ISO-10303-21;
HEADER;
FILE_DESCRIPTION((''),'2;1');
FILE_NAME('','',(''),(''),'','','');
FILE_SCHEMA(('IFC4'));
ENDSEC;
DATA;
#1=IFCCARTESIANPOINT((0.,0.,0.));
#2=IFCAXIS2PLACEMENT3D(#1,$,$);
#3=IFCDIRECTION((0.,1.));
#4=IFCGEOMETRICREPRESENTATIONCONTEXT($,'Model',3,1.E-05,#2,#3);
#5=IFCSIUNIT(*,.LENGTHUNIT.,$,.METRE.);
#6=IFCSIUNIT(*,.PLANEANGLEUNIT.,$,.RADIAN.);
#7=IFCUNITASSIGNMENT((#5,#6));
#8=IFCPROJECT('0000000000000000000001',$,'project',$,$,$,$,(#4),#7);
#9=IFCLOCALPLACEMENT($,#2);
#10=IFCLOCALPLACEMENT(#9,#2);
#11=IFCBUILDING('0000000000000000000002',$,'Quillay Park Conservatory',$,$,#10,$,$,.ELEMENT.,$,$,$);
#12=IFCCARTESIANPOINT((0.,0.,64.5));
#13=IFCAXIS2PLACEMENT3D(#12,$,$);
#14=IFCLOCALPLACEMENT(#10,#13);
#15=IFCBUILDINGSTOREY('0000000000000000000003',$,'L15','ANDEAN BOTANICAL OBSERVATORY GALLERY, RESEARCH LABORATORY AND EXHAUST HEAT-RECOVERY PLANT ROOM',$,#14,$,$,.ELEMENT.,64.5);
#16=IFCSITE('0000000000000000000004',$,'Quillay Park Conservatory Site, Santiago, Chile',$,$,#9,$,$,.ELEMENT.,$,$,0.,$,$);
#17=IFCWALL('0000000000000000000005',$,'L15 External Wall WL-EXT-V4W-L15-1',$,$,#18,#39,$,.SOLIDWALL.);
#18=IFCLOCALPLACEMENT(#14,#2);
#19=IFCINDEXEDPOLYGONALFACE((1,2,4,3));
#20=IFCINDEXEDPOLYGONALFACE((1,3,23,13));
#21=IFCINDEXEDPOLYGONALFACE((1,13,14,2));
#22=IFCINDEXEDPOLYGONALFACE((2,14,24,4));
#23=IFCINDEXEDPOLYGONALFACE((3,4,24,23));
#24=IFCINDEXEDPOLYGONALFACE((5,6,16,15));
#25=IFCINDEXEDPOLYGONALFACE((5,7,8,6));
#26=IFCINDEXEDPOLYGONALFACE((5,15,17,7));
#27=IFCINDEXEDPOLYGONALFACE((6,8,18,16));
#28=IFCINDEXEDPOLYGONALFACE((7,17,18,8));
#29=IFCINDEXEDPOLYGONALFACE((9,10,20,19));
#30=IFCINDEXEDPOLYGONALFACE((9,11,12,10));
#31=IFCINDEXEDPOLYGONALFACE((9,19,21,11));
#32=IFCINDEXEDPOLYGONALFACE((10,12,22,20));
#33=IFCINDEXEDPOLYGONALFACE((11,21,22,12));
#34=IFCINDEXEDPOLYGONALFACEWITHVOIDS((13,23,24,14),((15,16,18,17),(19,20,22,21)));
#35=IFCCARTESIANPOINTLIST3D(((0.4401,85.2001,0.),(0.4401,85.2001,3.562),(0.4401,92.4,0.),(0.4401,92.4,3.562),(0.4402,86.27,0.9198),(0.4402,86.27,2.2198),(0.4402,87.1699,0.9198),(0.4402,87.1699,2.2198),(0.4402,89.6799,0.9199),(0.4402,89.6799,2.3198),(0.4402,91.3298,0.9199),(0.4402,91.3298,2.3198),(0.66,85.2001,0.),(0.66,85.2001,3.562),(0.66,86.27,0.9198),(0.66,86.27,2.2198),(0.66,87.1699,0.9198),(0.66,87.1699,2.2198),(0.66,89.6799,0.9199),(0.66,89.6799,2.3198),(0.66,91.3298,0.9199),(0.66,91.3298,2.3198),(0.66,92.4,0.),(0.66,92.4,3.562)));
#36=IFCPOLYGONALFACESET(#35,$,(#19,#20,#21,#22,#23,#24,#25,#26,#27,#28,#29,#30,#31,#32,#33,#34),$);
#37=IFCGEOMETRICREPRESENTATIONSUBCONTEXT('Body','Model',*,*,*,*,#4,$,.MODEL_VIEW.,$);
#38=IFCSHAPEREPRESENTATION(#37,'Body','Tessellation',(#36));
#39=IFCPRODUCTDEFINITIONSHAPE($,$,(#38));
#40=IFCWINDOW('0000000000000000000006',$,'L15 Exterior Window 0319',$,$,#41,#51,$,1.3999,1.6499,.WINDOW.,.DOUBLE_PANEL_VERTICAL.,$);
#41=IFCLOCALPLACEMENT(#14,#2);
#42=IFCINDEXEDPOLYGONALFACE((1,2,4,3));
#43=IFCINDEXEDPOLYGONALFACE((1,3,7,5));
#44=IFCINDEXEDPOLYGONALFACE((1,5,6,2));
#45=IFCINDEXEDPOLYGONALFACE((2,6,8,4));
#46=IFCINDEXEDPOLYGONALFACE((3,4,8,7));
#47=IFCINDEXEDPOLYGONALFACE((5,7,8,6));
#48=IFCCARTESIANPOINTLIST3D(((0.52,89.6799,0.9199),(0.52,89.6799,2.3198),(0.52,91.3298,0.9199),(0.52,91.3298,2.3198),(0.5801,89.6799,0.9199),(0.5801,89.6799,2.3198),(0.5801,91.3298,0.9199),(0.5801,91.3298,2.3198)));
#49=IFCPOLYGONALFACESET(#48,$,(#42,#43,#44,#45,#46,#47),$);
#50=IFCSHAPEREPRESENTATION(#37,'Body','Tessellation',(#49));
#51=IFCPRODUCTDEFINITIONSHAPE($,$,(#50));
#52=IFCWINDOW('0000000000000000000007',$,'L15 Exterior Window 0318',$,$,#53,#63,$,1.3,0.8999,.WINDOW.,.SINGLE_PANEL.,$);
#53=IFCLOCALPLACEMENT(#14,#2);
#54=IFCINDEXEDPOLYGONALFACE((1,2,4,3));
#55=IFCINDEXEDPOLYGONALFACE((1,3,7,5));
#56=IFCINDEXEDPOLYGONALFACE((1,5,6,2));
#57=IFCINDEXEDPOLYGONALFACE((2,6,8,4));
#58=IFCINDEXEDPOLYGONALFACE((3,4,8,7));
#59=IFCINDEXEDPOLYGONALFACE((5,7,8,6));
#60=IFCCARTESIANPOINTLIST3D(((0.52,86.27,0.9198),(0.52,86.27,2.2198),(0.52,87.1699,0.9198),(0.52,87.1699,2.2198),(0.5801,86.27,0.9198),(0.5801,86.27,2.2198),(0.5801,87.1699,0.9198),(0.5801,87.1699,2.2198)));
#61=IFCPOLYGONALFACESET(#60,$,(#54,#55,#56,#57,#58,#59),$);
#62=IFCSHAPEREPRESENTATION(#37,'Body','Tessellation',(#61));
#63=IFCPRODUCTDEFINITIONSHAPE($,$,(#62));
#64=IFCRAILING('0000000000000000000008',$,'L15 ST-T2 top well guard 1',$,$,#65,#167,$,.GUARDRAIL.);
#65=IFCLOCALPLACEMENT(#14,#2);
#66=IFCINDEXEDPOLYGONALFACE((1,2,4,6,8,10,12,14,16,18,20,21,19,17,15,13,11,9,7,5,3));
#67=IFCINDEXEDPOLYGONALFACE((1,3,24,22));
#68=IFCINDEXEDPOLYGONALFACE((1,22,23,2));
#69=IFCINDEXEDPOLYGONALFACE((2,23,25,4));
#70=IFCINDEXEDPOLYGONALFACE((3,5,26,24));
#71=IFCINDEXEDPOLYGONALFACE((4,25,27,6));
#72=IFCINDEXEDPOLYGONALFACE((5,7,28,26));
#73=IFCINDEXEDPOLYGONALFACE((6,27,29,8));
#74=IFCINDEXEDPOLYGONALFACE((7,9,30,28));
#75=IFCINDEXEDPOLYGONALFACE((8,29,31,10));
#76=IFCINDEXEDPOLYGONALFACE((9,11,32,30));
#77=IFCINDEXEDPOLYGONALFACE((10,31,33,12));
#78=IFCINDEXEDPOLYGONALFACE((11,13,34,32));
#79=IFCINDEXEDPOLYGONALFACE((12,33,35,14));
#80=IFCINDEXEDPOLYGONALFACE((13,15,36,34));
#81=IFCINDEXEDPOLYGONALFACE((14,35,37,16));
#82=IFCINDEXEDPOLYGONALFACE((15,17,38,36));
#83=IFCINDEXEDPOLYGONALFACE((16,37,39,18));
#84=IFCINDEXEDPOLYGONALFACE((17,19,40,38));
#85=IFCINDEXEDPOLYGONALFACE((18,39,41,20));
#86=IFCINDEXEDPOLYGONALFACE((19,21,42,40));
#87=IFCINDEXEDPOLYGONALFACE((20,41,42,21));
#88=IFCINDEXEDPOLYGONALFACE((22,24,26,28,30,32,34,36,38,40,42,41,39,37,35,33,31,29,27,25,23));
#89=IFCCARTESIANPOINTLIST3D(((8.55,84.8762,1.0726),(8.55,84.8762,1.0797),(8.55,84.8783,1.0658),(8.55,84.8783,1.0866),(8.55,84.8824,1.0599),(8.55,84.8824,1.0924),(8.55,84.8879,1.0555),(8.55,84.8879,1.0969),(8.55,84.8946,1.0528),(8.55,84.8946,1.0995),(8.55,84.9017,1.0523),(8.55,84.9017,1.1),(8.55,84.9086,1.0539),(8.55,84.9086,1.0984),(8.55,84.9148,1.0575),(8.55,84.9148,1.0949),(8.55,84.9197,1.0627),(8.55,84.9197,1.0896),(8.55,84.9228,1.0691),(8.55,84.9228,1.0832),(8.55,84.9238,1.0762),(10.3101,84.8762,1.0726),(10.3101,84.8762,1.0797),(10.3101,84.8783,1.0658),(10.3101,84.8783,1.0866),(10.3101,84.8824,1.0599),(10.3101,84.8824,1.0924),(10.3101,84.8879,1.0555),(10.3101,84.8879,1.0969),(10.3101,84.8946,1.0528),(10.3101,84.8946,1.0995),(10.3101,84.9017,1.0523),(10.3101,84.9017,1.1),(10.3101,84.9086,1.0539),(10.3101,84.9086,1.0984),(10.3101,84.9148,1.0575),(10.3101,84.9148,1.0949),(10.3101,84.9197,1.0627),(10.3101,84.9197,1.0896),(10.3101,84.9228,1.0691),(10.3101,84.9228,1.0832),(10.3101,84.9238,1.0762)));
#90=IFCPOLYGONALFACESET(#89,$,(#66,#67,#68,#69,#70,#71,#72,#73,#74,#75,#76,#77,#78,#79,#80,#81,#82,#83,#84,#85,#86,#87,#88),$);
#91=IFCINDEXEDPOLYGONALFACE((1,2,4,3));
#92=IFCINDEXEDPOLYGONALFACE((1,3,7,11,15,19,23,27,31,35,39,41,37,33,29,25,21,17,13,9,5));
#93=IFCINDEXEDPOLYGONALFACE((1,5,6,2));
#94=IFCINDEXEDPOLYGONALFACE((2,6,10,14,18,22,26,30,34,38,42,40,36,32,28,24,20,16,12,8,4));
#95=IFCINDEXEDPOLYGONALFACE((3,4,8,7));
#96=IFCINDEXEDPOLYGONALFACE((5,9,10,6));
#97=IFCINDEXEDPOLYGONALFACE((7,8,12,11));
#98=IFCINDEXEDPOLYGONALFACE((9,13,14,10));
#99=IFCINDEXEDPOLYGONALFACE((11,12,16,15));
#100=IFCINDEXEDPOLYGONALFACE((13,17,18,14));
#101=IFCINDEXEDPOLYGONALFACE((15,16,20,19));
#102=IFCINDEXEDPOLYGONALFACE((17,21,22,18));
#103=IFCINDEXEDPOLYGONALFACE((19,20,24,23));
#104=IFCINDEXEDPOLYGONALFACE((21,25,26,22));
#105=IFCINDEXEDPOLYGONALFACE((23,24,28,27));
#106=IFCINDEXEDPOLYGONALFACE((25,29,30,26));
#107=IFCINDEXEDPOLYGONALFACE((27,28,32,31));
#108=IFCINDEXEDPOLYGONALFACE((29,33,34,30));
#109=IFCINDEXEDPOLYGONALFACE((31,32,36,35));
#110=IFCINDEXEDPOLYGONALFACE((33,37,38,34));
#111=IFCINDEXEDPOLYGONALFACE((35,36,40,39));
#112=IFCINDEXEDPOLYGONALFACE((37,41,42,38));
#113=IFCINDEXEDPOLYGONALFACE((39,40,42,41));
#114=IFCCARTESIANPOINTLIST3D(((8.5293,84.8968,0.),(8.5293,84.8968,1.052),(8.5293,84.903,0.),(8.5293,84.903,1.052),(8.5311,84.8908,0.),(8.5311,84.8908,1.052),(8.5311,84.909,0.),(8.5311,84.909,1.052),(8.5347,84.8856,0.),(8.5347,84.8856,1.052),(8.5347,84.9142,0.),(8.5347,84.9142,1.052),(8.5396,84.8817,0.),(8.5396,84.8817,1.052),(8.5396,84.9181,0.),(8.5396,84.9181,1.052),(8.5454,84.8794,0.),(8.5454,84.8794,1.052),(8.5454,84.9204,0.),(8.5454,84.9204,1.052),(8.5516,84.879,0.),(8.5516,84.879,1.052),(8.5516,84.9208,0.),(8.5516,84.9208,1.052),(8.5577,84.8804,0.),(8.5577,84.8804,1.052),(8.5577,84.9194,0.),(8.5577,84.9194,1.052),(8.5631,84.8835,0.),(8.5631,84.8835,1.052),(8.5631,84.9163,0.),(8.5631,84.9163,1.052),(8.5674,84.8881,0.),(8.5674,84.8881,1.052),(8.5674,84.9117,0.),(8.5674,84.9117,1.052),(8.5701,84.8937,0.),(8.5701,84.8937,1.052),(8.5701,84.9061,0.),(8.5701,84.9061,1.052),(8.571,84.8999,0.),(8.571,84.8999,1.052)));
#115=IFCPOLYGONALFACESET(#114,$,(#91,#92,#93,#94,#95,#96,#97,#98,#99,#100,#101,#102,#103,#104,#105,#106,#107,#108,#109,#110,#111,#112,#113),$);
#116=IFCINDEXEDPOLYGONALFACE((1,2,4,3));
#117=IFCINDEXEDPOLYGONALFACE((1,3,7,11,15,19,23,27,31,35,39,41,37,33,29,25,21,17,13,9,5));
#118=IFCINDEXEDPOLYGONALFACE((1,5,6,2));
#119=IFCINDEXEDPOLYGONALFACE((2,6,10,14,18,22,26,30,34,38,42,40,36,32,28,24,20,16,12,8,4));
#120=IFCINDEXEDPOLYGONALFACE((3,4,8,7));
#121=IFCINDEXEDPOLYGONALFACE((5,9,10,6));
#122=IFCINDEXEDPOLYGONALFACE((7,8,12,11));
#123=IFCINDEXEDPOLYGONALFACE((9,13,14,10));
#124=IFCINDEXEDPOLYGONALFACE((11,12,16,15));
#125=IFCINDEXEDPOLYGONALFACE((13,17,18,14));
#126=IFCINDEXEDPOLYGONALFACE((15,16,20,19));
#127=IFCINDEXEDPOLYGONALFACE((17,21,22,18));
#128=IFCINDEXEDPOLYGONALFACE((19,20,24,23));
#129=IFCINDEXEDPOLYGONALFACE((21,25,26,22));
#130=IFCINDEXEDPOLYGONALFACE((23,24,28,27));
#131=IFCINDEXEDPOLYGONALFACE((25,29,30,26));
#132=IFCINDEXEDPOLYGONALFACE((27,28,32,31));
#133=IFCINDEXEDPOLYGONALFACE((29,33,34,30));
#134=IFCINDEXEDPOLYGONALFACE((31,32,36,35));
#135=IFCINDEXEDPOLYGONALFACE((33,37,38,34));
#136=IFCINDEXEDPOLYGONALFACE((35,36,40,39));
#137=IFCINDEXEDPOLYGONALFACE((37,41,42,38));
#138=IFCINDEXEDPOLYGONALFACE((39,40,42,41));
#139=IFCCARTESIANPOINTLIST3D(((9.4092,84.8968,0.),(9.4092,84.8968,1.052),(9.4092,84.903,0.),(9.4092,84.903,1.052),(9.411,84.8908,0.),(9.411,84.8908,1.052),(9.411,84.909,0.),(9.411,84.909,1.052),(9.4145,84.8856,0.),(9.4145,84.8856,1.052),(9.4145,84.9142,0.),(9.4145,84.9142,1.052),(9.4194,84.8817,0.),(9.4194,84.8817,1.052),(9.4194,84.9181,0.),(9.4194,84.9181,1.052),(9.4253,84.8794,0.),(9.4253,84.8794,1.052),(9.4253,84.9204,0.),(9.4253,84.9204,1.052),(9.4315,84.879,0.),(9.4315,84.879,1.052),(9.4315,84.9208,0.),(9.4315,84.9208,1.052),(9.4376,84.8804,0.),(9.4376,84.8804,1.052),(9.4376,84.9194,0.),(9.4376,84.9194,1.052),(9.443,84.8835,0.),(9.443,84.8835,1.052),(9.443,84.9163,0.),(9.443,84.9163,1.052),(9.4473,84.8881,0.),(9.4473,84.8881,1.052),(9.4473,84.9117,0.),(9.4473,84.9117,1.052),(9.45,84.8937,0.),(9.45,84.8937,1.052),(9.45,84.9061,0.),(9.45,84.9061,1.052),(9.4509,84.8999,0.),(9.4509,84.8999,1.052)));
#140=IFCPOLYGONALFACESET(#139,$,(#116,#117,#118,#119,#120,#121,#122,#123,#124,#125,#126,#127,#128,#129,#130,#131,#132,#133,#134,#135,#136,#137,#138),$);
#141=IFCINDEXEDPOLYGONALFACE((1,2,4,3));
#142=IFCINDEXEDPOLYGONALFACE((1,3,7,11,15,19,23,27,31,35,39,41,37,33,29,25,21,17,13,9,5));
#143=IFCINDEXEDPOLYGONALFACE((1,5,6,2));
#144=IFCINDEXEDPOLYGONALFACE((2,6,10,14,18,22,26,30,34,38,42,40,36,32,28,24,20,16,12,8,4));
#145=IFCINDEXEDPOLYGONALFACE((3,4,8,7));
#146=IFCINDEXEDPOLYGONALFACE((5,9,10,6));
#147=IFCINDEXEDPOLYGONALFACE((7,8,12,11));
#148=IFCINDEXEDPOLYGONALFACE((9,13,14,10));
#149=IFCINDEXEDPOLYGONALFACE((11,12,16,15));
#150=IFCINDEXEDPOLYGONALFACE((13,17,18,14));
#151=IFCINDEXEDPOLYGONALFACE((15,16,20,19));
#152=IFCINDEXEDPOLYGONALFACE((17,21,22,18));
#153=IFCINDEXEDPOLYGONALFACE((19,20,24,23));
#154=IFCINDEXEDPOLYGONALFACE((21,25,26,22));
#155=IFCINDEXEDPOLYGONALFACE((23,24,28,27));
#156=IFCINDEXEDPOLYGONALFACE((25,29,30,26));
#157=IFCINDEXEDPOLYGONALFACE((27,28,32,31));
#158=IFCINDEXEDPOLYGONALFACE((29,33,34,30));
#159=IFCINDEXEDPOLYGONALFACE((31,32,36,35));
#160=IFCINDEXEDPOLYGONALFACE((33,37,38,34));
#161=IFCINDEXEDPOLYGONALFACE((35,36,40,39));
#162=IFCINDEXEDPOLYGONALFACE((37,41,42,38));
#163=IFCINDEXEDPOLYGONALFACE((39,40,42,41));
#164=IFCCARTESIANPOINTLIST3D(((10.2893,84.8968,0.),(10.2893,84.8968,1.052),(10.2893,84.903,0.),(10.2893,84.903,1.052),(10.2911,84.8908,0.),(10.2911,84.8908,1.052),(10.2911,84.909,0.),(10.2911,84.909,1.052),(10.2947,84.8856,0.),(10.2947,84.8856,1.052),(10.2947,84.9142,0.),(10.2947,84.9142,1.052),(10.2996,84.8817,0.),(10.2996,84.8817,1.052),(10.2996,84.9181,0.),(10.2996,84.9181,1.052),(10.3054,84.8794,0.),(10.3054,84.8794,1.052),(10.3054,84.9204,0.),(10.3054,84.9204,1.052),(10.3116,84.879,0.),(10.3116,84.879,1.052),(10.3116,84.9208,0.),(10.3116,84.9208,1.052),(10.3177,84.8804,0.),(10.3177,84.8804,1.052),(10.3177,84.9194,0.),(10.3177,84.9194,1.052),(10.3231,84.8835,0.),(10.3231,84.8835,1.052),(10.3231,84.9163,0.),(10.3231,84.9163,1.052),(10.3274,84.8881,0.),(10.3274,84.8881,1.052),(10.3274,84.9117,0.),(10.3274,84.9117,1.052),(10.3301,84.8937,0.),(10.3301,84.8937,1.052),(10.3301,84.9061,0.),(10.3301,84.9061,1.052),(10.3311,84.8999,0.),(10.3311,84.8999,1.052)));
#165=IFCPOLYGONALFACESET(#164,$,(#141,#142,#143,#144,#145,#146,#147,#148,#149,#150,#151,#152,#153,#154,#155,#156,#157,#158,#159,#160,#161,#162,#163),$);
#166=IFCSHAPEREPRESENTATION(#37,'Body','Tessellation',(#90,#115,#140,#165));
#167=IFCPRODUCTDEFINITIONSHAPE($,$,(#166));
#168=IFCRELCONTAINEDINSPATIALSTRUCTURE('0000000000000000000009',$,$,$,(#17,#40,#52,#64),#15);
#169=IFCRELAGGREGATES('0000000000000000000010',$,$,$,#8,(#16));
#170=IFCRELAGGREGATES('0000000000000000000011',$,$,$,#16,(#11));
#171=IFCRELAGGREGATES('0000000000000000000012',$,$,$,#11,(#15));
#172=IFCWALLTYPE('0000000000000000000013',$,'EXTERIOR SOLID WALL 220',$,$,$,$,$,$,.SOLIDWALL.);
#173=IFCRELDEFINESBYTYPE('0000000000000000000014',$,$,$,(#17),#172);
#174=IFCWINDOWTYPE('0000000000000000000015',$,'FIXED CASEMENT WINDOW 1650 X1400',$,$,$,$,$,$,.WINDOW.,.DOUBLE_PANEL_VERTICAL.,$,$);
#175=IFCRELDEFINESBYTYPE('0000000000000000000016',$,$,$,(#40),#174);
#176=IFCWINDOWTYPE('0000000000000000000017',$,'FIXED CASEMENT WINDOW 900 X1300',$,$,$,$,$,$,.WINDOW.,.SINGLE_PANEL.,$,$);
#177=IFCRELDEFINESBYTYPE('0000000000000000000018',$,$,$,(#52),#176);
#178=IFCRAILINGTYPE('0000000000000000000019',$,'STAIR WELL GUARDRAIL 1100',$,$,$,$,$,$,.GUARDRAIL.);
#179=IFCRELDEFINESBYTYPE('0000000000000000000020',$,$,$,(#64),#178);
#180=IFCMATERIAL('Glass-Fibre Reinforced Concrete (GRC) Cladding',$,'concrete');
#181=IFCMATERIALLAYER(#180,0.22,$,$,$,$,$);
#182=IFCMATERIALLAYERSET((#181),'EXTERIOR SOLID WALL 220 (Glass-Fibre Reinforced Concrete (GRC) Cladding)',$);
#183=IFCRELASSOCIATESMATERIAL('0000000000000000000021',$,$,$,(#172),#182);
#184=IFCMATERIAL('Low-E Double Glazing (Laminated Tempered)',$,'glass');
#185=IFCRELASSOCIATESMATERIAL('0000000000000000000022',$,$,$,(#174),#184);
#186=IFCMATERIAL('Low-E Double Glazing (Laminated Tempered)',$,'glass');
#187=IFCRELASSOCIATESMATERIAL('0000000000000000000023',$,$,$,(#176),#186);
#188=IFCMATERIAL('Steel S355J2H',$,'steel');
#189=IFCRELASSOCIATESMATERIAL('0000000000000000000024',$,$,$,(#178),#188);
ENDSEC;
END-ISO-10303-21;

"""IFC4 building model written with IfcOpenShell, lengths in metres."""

from ifc_helpers import new_model, si_unit, direction, frame, frame_2d, origin, origin_2d, place, context, subcontext, project, spatial, rectangle, circle, extrude, material, layer, layer_set, type_object, element, fill, save


model = new_model("IFC4")

# Units and contexts
model_context = context("Model", 3, precision=1e-05, world=origin(), true_north=direction((0.0, 1.0)))
body_context = subcontext(model_context, "Body", "Model", "MODEL_VIEW")
ifc_project = project(units=[si_unit("LENGTHUNIT", "METRE"), si_unit("PLANEANGLEUNIT", "RADIAN")], contexts=[model_context])

# Site, building, storey
site_placement = place(None, origin())
site = spatial("IfcSite", under=ifc_project, at=site_placement, Name="Quillay Park Conservatory Site, Santiago, Chile", CompositionType="ELEMENT", RefElevation=0.0)
building_placement = place(site_placement, origin())
building = spatial("IfcBuilding", under=site, at=building_placement, Name="Quillay Park Conservatory", CompositionType="ELEMENT")
storey_placement = place(building_placement, frame((0.0, 0.0, 64.5)))
storey = spatial("IfcBuildingStorey", under=building, at=storey_placement, Name="L15", Description="ANDEAN BOTANICAL OBSERVATORY GALLERY, RESEARCH LABORATORY AND EXHAUST HEAT-RECOVERY PLANT ROOM", CompositionType="ELEMENT", Elevation=64.5)

# Wall, openings, windows
ifc_material_1 = material(Name="Glass-Fibre Reinforced Concrete (GRC) Cladding", Category="concrete")
ifc_layer_1 = layer(ifc_material_1, 0.22)
ifc_layer_set_1 = layer_set([ifc_layer_1], Name="EXTERIOR SOLID WALL 220 (Glass-Fibre Reinforced Concrete (GRC) Cladding)")
wall_type_1 = type_object("IfcWallType", Name="EXTERIOR SOLID WALL 220", PredefinedType="SOLIDWALL", material=ifc_layer_set_1)
wall_1_placement = place(storey_placement, frame((0.55, 85.2, 0.0), z_axis=(0.0, 0.0, 1.0), x_axis=(0.0, 1.0, 0.0)))
wall_1 = element("IfcWall", 1, at=wall_1_placement, inside=storey, type_object=wall_type_1, Name="L15 External Wall WL-EXT-V4W-L15-1", PredefinedType="SOLIDWALL", context=body_context, shape_type="SweptSolid", body=[
    extrude(rectangle(XDim=7.2, YDim=0.22, at=frame_2d((3.6001, 0.0))), origin(), (0.0, 0.0, 1.0), 3.562),
])
opening_1_placement = place(wall_1_placement, frame((1.0701, 0.0, 0.9199)))
opening_1 = element("IfcOpeningElement", 2, at=opening_1_placement, cuts=wall_1, PredefinedType="OPENING", context=body_context, shape_type="SweptSolid", body=[
    extrude(rectangle(XDim=0.8999, YDim=1.3, at=frame_2d((0.45, 0.6499))), frame((0.0, 0.1099, 0.0), z_axis=(0.0, -1.0, 0.0), x_axis=(1.0, 0.0, 0.0)), (0.0, 0.0, 1.0), 0.22),
])
opening_2_placement = place(wall_1_placement, frame((4.48, 0.0, 0.9199)))
opening_2 = element("IfcOpeningElement", 3, at=opening_2_placement, cuts=wall_1, PredefinedType="OPENING", context=body_context, shape_type="SweptSolid", body=[
    extrude(rectangle(XDim=1.6499, YDim=1.3999, at=frame_2d((0.825, 0.7))), frame((0.0, 0.1099, 0.0), z_axis=(0.0, -1.0, 0.0), x_axis=(1.0, 0.0, 0.0)), (0.0, 0.0, 1.0), 0.22),
])
ifc_material_2 = material(Name="Low-E Double Glazing (Laminated Tempered)", Category="glass")
window_type_1 = type_object("IfcWindowType", Name="FIXED CASEMENT WINDOW 1650 X1400", PartitioningType="DOUBLE_PANEL_VERTICAL", PredefinedType="WINDOW", material=ifc_material_2)
window_1_placement = place(opening_2_placement, origin())
window_1 = element("IfcWindow", 4, at=window_1_placement, inside=storey, type_object=window_type_1, Name="L15 Exterior Window 0319", OverallHeight=1.3999, OverallWidth=1.6499, PartitioningType="DOUBLE_PANEL_VERTICAL", PredefinedType="WINDOW", context=body_context, shape_type="SweptSolid", body=[
    extrude(rectangle(XDim=1.6499, YDim=1.3999, at=frame_2d((0.825, 0.7))), frame((0.0, 0.03, 0.0), z_axis=(0.0, -1.0, 0.0), x_axis=(1.0, 0.0, 0.0)), (0.0, 0.0, 1.0), 0.0601),
])
fill(opening_2, window_1)
ifc_material_3 = material(Name="Low-E Double Glazing (Laminated Tempered)", Category="glass")
window_type_2 = type_object("IfcWindowType", Name="FIXED CASEMENT WINDOW 900 X1300", PartitioningType="SINGLE_PANEL", PredefinedType="WINDOW", material=ifc_material_3)
window_2_placement = place(opening_1_placement, origin())
window_2 = element("IfcWindow", 5, at=window_2_placement, inside=storey, type_object=window_type_2, Name="L15 Exterior Window 0318", OverallHeight=1.3, OverallWidth=0.8999, PartitioningType="SINGLE_PANEL", PredefinedType="WINDOW", context=body_context, shape_type="SweptSolid", body=[
    extrude(rectangle(XDim=0.8999, YDim=1.3, at=frame_2d((0.45, 0.6499))), frame((0.0, 0.03, 0.0), z_axis=(0.0, -1.0, 0.0), x_axis=(1.0, 0.0, 0.0)), (0.0, 0.0, 1.0), 0.0601),
])
fill(opening_1, window_2)

# Railing
ifc_material_4 = material(Name="Steel S355J2H", Category="steel")
railing_type = type_object("IfcRailingType", Name="STAIR WELL GUARDRAIL 1100", PredefinedType="GUARDRAIL", material=ifc_material_4)
railing_placement = place(storey_placement, frame((8.55, 84.8999, 0.0)))
element("IfcRailing", 6, at=railing_placement, inside=storey, type_object=railing_type, Name="L15 ST-T2 top well guard 1", PredefinedType="GUARDRAIL", context=body_context, shape_type="SweptSolid", body=[
    extrude(circle(Radius=0.0239, at=origin_2d()), frame((0.0, 0.0, 1.0762), z_axis=(1.0, 0.0, 0.0), x_axis=(0.0, 1.0, 0.0)), (0.0, 0.0, 1.0), 1.76),
    extrude(circle(Radius=0.021, at=origin_2d()), origin(), (0.0, 0.0, 1.0), 1.052),
    extrude(circle(Radius=0.021, at=origin_2d()), frame((0.8799, 0.0, 0.0)), (0.0, 0.0, 1.0), 1.052),
    extrude(circle(Radius=0.021, at=origin_2d()), frame((1.76, 0.0, 0.0)), (0.0, 0.0, 1.0), 1.052),
])

save(model, "model.ifc")
